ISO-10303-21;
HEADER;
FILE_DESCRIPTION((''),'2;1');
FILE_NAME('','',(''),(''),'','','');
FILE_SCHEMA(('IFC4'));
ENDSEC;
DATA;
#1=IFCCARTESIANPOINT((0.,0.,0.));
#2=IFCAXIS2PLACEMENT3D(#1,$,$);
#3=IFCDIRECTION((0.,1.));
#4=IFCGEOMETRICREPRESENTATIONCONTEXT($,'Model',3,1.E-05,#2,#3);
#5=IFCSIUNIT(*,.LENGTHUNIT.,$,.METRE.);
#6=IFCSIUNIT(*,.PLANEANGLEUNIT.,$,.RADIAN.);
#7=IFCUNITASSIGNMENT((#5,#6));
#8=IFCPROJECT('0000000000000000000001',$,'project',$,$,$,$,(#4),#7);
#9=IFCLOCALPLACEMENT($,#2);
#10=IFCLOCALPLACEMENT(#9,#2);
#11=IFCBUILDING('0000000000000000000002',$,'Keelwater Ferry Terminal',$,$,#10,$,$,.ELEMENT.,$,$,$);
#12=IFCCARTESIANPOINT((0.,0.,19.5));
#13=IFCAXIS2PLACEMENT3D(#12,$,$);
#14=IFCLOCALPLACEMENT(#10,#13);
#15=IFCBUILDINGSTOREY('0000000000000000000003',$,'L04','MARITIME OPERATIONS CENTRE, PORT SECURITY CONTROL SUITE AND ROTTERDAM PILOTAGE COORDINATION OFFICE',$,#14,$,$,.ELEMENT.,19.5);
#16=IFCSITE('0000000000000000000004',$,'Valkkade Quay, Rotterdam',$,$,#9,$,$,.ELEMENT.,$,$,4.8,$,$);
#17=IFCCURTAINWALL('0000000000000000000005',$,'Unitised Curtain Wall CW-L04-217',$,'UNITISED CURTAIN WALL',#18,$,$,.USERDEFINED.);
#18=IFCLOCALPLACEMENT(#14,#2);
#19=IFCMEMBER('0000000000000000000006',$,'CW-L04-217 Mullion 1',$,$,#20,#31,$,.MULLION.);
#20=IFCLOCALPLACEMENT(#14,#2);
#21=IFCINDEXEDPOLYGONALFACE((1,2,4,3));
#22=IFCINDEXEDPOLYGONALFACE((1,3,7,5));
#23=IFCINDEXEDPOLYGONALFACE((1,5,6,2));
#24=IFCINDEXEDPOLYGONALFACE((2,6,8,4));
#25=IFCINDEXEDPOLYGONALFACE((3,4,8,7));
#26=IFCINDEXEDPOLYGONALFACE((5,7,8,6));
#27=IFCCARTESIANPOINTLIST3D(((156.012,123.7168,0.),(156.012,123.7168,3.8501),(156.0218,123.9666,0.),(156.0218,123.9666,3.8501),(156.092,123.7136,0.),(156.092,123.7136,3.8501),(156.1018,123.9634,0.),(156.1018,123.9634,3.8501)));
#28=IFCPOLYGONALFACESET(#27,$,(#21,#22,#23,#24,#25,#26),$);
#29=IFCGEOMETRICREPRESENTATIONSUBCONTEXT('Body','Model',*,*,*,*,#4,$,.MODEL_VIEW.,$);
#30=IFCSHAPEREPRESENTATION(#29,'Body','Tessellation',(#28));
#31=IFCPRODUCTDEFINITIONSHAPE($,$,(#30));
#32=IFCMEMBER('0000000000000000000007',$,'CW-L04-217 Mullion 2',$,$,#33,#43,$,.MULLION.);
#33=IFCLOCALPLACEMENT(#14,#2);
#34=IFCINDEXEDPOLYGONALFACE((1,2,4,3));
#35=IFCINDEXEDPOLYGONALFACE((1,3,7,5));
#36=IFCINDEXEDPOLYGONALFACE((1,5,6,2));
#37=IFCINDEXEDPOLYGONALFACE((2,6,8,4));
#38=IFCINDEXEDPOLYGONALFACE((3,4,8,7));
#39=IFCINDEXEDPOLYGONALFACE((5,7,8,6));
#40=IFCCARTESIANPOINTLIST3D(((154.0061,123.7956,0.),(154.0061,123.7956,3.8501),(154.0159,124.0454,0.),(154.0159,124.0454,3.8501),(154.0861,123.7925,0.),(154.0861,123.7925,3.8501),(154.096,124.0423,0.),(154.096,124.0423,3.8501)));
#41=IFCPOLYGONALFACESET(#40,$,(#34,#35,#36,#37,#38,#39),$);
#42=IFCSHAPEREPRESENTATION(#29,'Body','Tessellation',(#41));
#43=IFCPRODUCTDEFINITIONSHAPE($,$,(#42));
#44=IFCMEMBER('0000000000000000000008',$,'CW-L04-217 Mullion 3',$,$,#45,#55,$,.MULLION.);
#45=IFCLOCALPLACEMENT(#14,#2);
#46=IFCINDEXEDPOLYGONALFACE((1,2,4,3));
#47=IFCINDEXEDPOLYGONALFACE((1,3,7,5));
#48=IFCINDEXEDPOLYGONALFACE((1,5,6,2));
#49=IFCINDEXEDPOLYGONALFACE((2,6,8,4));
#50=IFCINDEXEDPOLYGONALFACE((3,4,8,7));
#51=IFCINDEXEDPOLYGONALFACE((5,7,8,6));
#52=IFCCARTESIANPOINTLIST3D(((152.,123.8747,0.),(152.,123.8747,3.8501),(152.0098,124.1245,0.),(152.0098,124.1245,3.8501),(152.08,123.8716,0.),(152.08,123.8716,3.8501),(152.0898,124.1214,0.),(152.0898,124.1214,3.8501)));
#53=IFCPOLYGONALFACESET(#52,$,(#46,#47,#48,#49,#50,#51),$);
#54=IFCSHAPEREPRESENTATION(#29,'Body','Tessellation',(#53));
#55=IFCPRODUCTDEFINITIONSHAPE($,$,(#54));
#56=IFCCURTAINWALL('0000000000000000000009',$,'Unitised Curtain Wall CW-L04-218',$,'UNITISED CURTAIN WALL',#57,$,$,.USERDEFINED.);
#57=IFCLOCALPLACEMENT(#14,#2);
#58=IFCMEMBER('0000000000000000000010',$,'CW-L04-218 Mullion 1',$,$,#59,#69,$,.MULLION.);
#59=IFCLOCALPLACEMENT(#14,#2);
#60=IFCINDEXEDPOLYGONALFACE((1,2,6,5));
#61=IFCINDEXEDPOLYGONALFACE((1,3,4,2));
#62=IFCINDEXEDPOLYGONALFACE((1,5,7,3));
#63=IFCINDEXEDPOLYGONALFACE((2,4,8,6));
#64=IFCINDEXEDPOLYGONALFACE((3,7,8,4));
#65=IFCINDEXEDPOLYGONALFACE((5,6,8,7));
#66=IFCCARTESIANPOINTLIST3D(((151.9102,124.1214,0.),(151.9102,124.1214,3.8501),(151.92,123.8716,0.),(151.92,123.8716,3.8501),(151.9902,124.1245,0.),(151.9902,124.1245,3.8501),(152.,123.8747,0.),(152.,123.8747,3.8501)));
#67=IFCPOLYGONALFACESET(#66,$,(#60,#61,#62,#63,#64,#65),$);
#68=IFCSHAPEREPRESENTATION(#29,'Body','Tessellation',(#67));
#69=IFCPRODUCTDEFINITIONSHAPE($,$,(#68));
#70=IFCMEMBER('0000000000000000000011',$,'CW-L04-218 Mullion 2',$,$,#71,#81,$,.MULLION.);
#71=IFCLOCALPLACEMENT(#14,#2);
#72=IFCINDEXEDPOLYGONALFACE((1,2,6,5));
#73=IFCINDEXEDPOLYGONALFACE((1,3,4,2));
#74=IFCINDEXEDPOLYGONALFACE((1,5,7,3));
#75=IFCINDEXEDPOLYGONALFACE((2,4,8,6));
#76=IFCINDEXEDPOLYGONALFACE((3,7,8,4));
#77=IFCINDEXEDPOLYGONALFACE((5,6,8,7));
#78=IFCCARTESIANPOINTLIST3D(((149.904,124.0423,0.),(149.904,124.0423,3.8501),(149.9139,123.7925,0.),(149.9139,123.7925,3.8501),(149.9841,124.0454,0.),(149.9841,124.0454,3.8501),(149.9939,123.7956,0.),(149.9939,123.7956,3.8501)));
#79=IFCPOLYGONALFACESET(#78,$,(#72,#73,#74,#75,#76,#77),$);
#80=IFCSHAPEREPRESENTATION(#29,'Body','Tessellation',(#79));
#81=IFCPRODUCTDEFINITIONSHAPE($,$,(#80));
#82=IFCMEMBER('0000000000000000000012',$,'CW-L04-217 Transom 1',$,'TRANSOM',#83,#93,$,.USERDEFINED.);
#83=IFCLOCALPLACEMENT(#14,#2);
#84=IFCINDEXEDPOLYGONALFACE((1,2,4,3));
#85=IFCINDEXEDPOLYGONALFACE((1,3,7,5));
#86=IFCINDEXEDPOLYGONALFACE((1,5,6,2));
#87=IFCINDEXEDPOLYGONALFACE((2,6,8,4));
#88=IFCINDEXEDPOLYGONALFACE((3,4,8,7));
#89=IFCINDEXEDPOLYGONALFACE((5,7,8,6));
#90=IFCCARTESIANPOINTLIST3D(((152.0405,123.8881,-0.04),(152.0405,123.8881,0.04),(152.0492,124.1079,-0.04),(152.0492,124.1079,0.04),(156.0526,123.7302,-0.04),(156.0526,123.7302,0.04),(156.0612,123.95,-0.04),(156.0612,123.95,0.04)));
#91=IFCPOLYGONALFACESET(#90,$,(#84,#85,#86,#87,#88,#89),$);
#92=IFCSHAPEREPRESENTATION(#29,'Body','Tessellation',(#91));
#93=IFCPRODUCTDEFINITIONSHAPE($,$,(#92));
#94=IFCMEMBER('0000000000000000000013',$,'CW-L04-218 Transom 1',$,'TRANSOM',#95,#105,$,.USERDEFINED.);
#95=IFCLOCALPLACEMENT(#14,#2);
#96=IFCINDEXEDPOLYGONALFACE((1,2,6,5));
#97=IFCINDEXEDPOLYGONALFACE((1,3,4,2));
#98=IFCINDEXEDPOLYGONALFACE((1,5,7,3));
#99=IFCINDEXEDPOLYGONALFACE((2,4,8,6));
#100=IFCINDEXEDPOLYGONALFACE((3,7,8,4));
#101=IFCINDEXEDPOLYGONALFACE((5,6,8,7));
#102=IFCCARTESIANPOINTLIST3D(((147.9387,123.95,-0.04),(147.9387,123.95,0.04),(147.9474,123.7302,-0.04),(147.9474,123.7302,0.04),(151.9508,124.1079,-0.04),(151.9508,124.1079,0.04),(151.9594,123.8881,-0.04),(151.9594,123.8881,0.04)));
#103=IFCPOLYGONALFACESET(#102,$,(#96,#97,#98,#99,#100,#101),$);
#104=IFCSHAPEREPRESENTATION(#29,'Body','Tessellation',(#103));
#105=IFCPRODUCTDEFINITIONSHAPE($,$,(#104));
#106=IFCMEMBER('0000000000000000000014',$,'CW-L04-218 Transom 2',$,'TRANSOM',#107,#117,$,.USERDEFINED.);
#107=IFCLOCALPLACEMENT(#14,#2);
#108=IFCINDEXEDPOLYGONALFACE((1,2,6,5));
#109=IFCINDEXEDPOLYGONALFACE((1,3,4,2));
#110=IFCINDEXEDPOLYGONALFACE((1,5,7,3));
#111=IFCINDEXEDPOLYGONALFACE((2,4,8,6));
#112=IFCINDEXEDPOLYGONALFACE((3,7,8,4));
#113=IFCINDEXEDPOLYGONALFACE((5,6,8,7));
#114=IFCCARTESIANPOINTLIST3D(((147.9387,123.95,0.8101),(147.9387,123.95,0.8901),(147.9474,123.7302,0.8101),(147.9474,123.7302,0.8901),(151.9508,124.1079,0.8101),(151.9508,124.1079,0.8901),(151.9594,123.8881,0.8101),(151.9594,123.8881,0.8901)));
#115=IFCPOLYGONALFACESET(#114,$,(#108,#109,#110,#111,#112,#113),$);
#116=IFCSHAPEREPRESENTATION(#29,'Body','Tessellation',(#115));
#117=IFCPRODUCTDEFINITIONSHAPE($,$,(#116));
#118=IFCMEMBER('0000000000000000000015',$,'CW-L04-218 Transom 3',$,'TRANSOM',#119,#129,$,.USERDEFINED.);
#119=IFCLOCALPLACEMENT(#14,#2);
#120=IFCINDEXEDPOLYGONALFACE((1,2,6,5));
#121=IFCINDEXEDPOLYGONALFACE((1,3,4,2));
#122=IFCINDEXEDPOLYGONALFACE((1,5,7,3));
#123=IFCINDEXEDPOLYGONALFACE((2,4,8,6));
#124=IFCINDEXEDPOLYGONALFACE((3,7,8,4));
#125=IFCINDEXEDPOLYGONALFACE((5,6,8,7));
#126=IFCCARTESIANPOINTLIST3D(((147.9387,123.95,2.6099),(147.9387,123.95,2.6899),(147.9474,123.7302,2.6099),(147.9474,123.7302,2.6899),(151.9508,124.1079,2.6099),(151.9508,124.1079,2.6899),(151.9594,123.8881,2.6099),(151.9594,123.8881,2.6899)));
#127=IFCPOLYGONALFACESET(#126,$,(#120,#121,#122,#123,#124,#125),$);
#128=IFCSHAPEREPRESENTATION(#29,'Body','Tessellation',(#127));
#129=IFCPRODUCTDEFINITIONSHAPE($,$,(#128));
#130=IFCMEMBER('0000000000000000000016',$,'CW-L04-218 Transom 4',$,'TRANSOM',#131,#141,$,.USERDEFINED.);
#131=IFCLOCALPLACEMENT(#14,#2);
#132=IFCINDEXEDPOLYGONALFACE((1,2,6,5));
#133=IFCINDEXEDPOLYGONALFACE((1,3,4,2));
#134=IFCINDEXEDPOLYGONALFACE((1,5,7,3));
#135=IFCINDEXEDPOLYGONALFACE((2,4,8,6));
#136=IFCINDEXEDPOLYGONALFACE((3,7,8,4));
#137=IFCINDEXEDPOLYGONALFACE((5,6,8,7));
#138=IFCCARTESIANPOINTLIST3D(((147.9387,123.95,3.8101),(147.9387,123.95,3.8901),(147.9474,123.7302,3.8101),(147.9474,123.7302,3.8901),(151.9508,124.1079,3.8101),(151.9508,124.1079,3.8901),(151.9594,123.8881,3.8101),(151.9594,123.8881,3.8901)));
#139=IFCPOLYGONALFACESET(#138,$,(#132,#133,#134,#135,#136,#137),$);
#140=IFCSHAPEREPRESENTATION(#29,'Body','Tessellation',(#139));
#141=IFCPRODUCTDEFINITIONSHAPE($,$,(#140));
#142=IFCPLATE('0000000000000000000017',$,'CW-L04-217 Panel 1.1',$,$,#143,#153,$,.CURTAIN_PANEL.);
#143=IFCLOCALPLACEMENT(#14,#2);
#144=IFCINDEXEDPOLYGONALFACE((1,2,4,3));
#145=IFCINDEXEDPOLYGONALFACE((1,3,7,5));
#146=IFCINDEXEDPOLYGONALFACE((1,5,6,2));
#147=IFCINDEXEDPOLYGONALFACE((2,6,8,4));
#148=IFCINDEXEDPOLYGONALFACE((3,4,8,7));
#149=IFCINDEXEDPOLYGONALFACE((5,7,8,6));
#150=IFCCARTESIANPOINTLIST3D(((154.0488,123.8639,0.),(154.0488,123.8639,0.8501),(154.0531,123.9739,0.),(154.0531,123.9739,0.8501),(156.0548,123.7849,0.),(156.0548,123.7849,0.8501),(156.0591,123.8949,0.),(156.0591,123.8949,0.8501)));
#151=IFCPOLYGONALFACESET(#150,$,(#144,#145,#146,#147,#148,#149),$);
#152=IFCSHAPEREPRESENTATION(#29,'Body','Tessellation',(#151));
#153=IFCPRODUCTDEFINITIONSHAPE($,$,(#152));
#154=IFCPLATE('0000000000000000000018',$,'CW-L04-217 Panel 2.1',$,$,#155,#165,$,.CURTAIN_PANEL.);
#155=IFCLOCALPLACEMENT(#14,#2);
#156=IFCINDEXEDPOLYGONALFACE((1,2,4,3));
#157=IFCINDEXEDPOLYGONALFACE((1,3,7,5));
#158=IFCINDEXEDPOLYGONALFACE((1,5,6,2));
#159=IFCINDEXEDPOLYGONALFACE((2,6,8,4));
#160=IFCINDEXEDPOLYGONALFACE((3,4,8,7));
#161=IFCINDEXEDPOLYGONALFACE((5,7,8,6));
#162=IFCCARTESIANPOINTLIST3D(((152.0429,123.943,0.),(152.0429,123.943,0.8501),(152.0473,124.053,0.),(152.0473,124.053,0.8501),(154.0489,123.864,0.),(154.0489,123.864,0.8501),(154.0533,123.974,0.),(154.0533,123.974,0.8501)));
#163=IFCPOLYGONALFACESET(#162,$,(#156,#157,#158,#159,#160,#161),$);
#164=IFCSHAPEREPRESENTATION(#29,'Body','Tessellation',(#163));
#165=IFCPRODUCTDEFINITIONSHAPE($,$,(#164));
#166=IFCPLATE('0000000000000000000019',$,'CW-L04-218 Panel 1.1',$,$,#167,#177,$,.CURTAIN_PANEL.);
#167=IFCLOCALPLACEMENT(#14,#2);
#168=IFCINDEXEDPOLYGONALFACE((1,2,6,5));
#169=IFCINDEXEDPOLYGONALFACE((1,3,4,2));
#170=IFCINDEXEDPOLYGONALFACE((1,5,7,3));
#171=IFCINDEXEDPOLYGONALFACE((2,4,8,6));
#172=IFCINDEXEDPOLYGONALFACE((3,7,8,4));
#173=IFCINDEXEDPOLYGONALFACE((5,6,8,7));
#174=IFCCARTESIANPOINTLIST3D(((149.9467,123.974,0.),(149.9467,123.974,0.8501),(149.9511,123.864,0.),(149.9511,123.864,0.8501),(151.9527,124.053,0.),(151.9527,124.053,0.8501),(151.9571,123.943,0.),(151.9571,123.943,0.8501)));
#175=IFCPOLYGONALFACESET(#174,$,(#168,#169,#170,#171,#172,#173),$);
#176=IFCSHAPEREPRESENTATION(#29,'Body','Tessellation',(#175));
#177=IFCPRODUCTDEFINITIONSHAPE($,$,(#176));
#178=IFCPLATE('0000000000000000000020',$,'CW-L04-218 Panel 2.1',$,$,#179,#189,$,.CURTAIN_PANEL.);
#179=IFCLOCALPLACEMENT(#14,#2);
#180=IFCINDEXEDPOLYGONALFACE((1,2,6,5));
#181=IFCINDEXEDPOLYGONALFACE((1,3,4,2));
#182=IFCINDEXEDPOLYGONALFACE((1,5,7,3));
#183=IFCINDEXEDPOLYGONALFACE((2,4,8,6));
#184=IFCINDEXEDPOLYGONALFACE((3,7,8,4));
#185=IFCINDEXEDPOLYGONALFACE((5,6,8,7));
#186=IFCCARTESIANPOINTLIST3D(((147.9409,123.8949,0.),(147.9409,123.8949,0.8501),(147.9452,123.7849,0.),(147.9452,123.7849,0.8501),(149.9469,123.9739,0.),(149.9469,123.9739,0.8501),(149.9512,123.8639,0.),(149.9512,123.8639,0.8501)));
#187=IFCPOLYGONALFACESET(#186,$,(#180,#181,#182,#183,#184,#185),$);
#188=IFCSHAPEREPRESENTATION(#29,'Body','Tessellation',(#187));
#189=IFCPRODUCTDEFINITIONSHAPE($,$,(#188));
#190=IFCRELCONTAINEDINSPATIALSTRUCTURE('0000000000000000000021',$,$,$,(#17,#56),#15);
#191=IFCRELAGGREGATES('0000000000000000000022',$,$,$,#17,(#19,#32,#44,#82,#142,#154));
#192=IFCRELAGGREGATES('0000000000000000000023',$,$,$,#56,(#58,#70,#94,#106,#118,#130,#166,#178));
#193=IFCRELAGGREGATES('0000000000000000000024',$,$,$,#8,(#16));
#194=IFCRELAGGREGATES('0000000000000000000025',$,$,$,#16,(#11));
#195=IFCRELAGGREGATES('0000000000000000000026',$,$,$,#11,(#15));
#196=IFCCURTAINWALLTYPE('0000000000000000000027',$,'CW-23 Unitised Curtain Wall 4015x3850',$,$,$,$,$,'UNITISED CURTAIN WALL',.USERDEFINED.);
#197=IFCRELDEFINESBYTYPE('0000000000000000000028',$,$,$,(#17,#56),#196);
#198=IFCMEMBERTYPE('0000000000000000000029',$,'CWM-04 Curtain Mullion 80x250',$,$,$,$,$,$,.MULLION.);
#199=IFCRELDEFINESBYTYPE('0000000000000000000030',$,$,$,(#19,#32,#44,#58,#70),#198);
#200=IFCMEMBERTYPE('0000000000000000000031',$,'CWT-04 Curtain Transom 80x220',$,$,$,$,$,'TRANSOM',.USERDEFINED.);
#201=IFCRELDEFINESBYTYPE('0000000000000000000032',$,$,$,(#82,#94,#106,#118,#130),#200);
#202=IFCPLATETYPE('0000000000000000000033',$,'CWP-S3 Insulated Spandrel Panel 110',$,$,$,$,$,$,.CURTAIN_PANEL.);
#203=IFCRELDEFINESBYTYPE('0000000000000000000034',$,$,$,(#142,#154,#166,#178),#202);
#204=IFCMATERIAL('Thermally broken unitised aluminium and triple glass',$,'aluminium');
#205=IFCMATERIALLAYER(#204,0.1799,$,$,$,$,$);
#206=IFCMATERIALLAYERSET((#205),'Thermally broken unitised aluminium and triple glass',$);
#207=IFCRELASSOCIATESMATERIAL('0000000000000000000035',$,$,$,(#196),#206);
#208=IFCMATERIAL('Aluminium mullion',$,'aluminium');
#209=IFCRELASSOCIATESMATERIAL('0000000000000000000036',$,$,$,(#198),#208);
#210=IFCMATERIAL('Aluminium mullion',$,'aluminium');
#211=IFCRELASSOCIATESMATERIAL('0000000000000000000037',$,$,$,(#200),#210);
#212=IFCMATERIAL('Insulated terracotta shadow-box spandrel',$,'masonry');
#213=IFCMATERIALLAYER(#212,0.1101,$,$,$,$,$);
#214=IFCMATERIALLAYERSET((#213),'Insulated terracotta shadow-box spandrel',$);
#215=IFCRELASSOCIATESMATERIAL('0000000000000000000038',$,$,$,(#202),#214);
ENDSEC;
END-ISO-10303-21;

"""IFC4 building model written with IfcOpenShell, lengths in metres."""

from ifc_helpers import new_model, si_unit, direction, frame, origin, origin_2d, place, context, subcontext, project, spatial, rectangle, extrude, material, layer, layer_set, material_profile, profile_set, type_object, element, aggregate, save


model = new_model("IFC4")

# Units and contexts
model_context = context("Model", 3, precision=1e-05, world=origin(), true_north=direction((0.0, 1.0)))
body_context = subcontext(model_context, "Body", "Model", "MODEL_VIEW")
ifc_project = project(units=[si_unit("LENGTHUNIT", "METRE"), si_unit("PLANEANGLEUNIT", "RADIAN")], contexts=[model_context])

# Site, building, storey
site_placement = place(None, origin())
site = spatial("IfcSite", under=ifc_project, at=site_placement, Name="Valkkade Quay, Rotterdam", CompositionType="ELEMENT", RefElevation=4.8)
building_placement = place(site_placement, origin())
building = spatial("IfcBuilding", under=site, at=building_placement, Name="Keelwater Ferry Terminal", CompositionType="ELEMENT")
storey_placement = place(building_placement, frame((0.0, 0.0, 19.5)))
storey = spatial("IfcBuildingStorey", under=building, at=storey_placement, Name="L04", Description="MARITIME OPERATIONS CENTRE, PORT SECURITY CONTROL SUITE AND ROTTERDAM PILOTAGE COORDINATION OFFICE", CompositionType="ELEMENT", Elevation=19.5)

# Curtain walls, members
ifc_material_1 = material(Name="Thermally broken unitised aluminium and triple glass", Category="aluminium")
ifc_layer_1 = layer(ifc_material_1, 0.1799)
ifc_layer_set_1 = layer_set([ifc_layer_1], Name="Thermally broken unitised aluminium and triple glass")
curtain_wall_type = type_object("IfcCurtainWallType", Name="CW-23 Unitised Curtain Wall 4015x3850", ElementType="UNITISED CURTAIN WALL", PredefinedType="USERDEFINED", material=ifc_layer_set_1)
curtain_wall_1_placement = place(storey_placement, origin())
curtain_wall_1 = element("IfcCurtainWall", 1, at=curtain_wall_1_placement, inside=storey, type_object=curtain_wall_type, Name="Unitised Curtain Wall CW-L04-217", ObjectType="UNITISED CURTAIN WALL", PredefinedType="USERDEFINED")
ifc_material_2 = material(Name="Aluminium mullion", Category="aluminium")
ifc_material_profile_1 = material_profile(ifc_material_2, rectangle(XDim=0.0801, YDim=0.25, at=origin_2d()), Name="CWM-04")
ifc_profile_set_1 = profile_set([ifc_material_profile_1], Name="Aluminium mullion")
member_type_1 = type_object("IfcMemberType", Name="CWM-04 Curtain Mullion 80x250", PredefinedType="MULLION", material=ifc_profile_set_1)
member_1_placement = place(storey_placement, frame((156.0569, 123.8401, 0.0), z_axis=(0.0, 0.0, 1.0), x_axis=(-0.999225, 0.039351, 0.0)))
member_1 = element("IfcMember", 2, at=member_1_placement, type_object=member_type_1, Name="CW-L04-217 Mullion 1", PredefinedType="MULLION", context=body_context, shape_type="SweptSolid", body=[
    extrude(rectangle(XDim=0.0801, YDim=0.25, at=origin_2d()), origin(), (0.0, 0.0, 1.0), 3.8501),
])
member_2_placement = place(storey_placement, frame((154.051, 123.9189, 0.0), z_axis=(0.0, 0.0, 1.0), x_axis=(-0.999225, 0.039351, 0.0)))
member_2 = element("IfcMember", 3, at=member_2_placement, type_object=member_type_1, Name="CW-L04-217 Mullion 2", PredefinedType="MULLION", context=body_context, shape_type="SweptSolid", body=[
    extrude(rectangle(XDim=0.0801, YDim=0.25, at=origin_2d()), origin(), (0.0, 0.0, 1.0), 3.8501),
])
member_3_placement = place(storey_placement, frame((152.0449, 123.998, 0.0), z_axis=(0.0, 0.0, 1.0), x_axis=(-0.999225, 0.039351, 0.0)))
member_3 = element("IfcMember", 4, at=member_3_placement, type_object=member_type_1, Name="CW-L04-217 Mullion 3", PredefinedType="MULLION", context=body_context, shape_type="SweptSolid", body=[
    extrude(rectangle(XDim=0.0801, YDim=0.25, at=origin_2d()), origin(), (0.0, 0.0, 1.0), 3.8501),
])
curtain_wall_2_placement = place(storey_placement, origin())
curtain_wall_2 = element("IfcCurtainWall", 5, at=curtain_wall_2_placement, inside=storey, type_object=curtain_wall_type, Name="Unitised Curtain Wall CW-L04-218", ObjectType="UNITISED CURTAIN WALL", PredefinedType="USERDEFINED")
member_4_placement = place(storey_placement, frame((151.9551, 123.998, 0.0), z_axis=(0.0, 0.0, 1.0), x_axis=(-0.999225, -0.039351, 0.0)))
member_4 = element("IfcMember", 6, at=member_4_placement, type_object=member_type_1, Name="CW-L04-218 Mullion 1", PredefinedType="MULLION", context=body_context, shape_type="SweptSolid", body=[
    extrude(rectangle(XDim=0.0801, YDim=0.25, at=origin_2d()), origin(), (0.0, 0.0, 1.0), 3.8501),
])
member_5_placement = place(storey_placement, frame((149.949, 123.9189, 0.0), z_axis=(0.0, 0.0, 1.0), x_axis=(-0.999225, -0.039351, 0.0)))
member_5 = element("IfcMember", 7, at=member_5_placement, type_object=member_type_1, Name="CW-L04-218 Mullion 2", PredefinedType="MULLION", context=body_context, shape_type="SweptSolid", body=[
    extrude(rectangle(XDim=0.0801, YDim=0.25, at=origin_2d()), origin(), (0.0, 0.0, 1.0), 3.8501),
])

# Members
ifc_material_3 = material(Name="Aluminium mullion", Category="aluminium")
ifc_material_profile_2 = material_profile(ifc_material_3, rectangle(XDim=0.22, YDim=0.0801, at=origin_2d()), Name="CWT-04")
ifc_profile_set_2 = profile_set([ifc_material_profile_2], Name="Aluminium mullion")
member_type_2 = type_object("IfcMemberType", Name="CWT-04 Curtain Transom 80x220", ElementType="TRANSOM", PredefinedType="USERDEFINED", material=ifc_profile_set_2)
member_6_placement = place(storey_placement, frame((156.0569, 123.8401, 0.0), z_axis=(-0.999226, 0.039342, 0.0), x_axis=(-0.039342, -0.999226, 0.0)))
member_6 = element("IfcMember", 8, at=member_6_placement, type_object=member_type_2, Name="CW-L04-217 Transom 1", ObjectType="TRANSOM", PredefinedType="USERDEFINED", context=body_context, shape_type="SweptSolid", body=[
    extrude(rectangle(XDim=0.22, YDim=0.0801, at=origin_2d()), origin(), (0.0, 0.0, 1.0), 4.0151),
])
member_7_placement = place(storey_placement, frame((151.9551, 123.998, 0.0), z_axis=(-0.999226, -0.039342, 0.0), x_axis=(0.039342, -0.999226, 0.0)))
member_7 = element("IfcMember", 9, at=member_7_placement, type_object=member_type_2, Name="CW-L04-218 Transom 1", ObjectType="TRANSOM", PredefinedType="USERDEFINED", context=body_context, shape_type="SweptSolid", body=[
    extrude(rectangle(XDim=0.22, YDim=0.0801, at=origin_2d()), origin(), (0.0, 0.0, 1.0), 4.0151),
])
member_8_placement = place(storey_placement, frame((151.9551, 123.998, 0.8501), z_axis=(-0.999226, -0.039342, 0.0), x_axis=(0.039342, -0.999226, 0.0)))
member_8 = element("IfcMember", 10, at=member_8_placement, type_object=member_type_2, Name="CW-L04-218 Transom 2", ObjectType="TRANSOM", PredefinedType="USERDEFINED", context=body_context, shape_type="SweptSolid", body=[
    extrude(rectangle(XDim=0.22, YDim=0.0801, at=origin_2d()), origin(), (0.0, 0.0, 1.0), 4.0151),
])
member_9_placement = place(storey_placement, frame((151.9551, 123.998, 2.6499), z_axis=(-0.999226, -0.039342, 0.0), x_axis=(0.039342, -0.999226, 0.0)))
member_9 = element("IfcMember", 11, at=member_9_placement, type_object=member_type_2, Name="CW-L04-218 Transom 3", ObjectType="TRANSOM", PredefinedType="USERDEFINED", context=body_context, shape_type="SweptSolid", body=[
    extrude(rectangle(XDim=0.22, YDim=0.0801, at=origin_2d()), origin(), (0.0, 0.0, 1.0), 4.0151),
])
member_10_placement = place(storey_placement, frame((151.9551, 123.998, 3.8501), z_axis=(-0.999226, -0.039342, 0.0), x_axis=(0.039342, -0.999226, 0.0)))
member_10 = element("IfcMember", 12, at=member_10_placement, type_object=member_type_2, Name="CW-L04-218 Transom 4", ObjectType="TRANSOM", PredefinedType="USERDEFINED", context=body_context, shape_type="SweptSolid", body=[
    extrude(rectangle(XDim=0.22, YDim=0.0801, at=origin_2d()), origin(), (0.0, 0.0, 1.0), 4.0151),
])

# Plates
ifc_material_4 = material(Name="Insulated terracotta shadow-box spandrel", Category="masonry")
ifc_layer_2 = layer(ifc_material_4, 0.1101)
ifc_layer_set_2 = layer_set([ifc_layer_2], Name="Insulated terracotta shadow-box spandrel")
plate_type_1 = type_object("IfcPlateType", Name="CWP-S3 Insulated Spandrel Panel 110", PredefinedType="CURTAIN_PANEL", material=ifc_layer_set_2)
plate_1_placement = place(storey_placement, frame((155.054, 123.8794, 0.0), z_axis=(0.0, 0.0, 1.0), x_axis=(-0.999225, 0.039351, 0.0)))
plate_1 = element("IfcPlate", 13, at=plate_1_placement, type_object=plate_type_1, Name="CW-L04-217 Panel 1.1", PredefinedType="CURTAIN_PANEL", context=body_context, shape_type="SweptSolid", body=[
    extrude(rectangle(XDim=2.0076, YDim=0.1101, at=origin_2d()), origin(), (0.0, 0.0, 1.0), 0.8501),
])
plate_2_placement = place(storey_placement, frame((153.0481, 123.9585, 0.0), z_axis=(0.0, 0.0, 1.0), x_axis=(-0.999225, 0.039351, 0.0)))
plate_2 = element("IfcPlate", 14, at=plate_2_placement, type_object=plate_type_1, Name="CW-L04-217 Panel 2.1", PredefinedType="CURTAIN_PANEL", context=body_context, shape_type="SweptSolid", body=[
    extrude(rectangle(XDim=2.0076, YDim=0.1101, at=origin_2d()), origin(), (0.0, 0.0, 1.0), 0.8501),
])
plate_3_placement = place(storey_placement, frame((150.9519, 123.9585, 0.0), z_axis=(0.0, 0.0, 1.0), x_axis=(-0.999225, -0.039351, 0.0)))
plate_3 = element("IfcPlate", 15, at=plate_3_placement, type_object=plate_type_1, Name="CW-L04-218 Panel 1.1", PredefinedType="CURTAIN_PANEL", context=body_context, shape_type="SweptSolid", body=[
    extrude(rectangle(XDim=2.0076, YDim=0.1101, at=origin_2d()), origin(), (0.0, 0.0, 1.0), 0.8501),
])
plate_4_placement = place(storey_placement, frame((148.946, 123.8794, 0.0), z_axis=(0.0, 0.0, 1.0), x_axis=(-0.999225, -0.039351, 0.0)))
plate_4 = element("IfcPlate", 16, at=plate_4_placement, type_object=plate_type_1, Name="CW-L04-218 Panel 2.1", PredefinedType="CURTAIN_PANEL", context=body_context, shape_type="SweptSolid", body=[
    extrude(rectangle(XDim=2.0076, YDim=0.1101, at=origin_2d()), origin(), (0.0, 0.0, 1.0), 0.8501),
])
aggregate(curtain_wall_1, [member_1, member_2, member_3, member_6, plate_1, plate_2])
aggregate(curtain_wall_2, [member_4, member_5, member_7, member_8, member_9, member_10, plate_3, plate_4])

save(model, "model.ifc")
